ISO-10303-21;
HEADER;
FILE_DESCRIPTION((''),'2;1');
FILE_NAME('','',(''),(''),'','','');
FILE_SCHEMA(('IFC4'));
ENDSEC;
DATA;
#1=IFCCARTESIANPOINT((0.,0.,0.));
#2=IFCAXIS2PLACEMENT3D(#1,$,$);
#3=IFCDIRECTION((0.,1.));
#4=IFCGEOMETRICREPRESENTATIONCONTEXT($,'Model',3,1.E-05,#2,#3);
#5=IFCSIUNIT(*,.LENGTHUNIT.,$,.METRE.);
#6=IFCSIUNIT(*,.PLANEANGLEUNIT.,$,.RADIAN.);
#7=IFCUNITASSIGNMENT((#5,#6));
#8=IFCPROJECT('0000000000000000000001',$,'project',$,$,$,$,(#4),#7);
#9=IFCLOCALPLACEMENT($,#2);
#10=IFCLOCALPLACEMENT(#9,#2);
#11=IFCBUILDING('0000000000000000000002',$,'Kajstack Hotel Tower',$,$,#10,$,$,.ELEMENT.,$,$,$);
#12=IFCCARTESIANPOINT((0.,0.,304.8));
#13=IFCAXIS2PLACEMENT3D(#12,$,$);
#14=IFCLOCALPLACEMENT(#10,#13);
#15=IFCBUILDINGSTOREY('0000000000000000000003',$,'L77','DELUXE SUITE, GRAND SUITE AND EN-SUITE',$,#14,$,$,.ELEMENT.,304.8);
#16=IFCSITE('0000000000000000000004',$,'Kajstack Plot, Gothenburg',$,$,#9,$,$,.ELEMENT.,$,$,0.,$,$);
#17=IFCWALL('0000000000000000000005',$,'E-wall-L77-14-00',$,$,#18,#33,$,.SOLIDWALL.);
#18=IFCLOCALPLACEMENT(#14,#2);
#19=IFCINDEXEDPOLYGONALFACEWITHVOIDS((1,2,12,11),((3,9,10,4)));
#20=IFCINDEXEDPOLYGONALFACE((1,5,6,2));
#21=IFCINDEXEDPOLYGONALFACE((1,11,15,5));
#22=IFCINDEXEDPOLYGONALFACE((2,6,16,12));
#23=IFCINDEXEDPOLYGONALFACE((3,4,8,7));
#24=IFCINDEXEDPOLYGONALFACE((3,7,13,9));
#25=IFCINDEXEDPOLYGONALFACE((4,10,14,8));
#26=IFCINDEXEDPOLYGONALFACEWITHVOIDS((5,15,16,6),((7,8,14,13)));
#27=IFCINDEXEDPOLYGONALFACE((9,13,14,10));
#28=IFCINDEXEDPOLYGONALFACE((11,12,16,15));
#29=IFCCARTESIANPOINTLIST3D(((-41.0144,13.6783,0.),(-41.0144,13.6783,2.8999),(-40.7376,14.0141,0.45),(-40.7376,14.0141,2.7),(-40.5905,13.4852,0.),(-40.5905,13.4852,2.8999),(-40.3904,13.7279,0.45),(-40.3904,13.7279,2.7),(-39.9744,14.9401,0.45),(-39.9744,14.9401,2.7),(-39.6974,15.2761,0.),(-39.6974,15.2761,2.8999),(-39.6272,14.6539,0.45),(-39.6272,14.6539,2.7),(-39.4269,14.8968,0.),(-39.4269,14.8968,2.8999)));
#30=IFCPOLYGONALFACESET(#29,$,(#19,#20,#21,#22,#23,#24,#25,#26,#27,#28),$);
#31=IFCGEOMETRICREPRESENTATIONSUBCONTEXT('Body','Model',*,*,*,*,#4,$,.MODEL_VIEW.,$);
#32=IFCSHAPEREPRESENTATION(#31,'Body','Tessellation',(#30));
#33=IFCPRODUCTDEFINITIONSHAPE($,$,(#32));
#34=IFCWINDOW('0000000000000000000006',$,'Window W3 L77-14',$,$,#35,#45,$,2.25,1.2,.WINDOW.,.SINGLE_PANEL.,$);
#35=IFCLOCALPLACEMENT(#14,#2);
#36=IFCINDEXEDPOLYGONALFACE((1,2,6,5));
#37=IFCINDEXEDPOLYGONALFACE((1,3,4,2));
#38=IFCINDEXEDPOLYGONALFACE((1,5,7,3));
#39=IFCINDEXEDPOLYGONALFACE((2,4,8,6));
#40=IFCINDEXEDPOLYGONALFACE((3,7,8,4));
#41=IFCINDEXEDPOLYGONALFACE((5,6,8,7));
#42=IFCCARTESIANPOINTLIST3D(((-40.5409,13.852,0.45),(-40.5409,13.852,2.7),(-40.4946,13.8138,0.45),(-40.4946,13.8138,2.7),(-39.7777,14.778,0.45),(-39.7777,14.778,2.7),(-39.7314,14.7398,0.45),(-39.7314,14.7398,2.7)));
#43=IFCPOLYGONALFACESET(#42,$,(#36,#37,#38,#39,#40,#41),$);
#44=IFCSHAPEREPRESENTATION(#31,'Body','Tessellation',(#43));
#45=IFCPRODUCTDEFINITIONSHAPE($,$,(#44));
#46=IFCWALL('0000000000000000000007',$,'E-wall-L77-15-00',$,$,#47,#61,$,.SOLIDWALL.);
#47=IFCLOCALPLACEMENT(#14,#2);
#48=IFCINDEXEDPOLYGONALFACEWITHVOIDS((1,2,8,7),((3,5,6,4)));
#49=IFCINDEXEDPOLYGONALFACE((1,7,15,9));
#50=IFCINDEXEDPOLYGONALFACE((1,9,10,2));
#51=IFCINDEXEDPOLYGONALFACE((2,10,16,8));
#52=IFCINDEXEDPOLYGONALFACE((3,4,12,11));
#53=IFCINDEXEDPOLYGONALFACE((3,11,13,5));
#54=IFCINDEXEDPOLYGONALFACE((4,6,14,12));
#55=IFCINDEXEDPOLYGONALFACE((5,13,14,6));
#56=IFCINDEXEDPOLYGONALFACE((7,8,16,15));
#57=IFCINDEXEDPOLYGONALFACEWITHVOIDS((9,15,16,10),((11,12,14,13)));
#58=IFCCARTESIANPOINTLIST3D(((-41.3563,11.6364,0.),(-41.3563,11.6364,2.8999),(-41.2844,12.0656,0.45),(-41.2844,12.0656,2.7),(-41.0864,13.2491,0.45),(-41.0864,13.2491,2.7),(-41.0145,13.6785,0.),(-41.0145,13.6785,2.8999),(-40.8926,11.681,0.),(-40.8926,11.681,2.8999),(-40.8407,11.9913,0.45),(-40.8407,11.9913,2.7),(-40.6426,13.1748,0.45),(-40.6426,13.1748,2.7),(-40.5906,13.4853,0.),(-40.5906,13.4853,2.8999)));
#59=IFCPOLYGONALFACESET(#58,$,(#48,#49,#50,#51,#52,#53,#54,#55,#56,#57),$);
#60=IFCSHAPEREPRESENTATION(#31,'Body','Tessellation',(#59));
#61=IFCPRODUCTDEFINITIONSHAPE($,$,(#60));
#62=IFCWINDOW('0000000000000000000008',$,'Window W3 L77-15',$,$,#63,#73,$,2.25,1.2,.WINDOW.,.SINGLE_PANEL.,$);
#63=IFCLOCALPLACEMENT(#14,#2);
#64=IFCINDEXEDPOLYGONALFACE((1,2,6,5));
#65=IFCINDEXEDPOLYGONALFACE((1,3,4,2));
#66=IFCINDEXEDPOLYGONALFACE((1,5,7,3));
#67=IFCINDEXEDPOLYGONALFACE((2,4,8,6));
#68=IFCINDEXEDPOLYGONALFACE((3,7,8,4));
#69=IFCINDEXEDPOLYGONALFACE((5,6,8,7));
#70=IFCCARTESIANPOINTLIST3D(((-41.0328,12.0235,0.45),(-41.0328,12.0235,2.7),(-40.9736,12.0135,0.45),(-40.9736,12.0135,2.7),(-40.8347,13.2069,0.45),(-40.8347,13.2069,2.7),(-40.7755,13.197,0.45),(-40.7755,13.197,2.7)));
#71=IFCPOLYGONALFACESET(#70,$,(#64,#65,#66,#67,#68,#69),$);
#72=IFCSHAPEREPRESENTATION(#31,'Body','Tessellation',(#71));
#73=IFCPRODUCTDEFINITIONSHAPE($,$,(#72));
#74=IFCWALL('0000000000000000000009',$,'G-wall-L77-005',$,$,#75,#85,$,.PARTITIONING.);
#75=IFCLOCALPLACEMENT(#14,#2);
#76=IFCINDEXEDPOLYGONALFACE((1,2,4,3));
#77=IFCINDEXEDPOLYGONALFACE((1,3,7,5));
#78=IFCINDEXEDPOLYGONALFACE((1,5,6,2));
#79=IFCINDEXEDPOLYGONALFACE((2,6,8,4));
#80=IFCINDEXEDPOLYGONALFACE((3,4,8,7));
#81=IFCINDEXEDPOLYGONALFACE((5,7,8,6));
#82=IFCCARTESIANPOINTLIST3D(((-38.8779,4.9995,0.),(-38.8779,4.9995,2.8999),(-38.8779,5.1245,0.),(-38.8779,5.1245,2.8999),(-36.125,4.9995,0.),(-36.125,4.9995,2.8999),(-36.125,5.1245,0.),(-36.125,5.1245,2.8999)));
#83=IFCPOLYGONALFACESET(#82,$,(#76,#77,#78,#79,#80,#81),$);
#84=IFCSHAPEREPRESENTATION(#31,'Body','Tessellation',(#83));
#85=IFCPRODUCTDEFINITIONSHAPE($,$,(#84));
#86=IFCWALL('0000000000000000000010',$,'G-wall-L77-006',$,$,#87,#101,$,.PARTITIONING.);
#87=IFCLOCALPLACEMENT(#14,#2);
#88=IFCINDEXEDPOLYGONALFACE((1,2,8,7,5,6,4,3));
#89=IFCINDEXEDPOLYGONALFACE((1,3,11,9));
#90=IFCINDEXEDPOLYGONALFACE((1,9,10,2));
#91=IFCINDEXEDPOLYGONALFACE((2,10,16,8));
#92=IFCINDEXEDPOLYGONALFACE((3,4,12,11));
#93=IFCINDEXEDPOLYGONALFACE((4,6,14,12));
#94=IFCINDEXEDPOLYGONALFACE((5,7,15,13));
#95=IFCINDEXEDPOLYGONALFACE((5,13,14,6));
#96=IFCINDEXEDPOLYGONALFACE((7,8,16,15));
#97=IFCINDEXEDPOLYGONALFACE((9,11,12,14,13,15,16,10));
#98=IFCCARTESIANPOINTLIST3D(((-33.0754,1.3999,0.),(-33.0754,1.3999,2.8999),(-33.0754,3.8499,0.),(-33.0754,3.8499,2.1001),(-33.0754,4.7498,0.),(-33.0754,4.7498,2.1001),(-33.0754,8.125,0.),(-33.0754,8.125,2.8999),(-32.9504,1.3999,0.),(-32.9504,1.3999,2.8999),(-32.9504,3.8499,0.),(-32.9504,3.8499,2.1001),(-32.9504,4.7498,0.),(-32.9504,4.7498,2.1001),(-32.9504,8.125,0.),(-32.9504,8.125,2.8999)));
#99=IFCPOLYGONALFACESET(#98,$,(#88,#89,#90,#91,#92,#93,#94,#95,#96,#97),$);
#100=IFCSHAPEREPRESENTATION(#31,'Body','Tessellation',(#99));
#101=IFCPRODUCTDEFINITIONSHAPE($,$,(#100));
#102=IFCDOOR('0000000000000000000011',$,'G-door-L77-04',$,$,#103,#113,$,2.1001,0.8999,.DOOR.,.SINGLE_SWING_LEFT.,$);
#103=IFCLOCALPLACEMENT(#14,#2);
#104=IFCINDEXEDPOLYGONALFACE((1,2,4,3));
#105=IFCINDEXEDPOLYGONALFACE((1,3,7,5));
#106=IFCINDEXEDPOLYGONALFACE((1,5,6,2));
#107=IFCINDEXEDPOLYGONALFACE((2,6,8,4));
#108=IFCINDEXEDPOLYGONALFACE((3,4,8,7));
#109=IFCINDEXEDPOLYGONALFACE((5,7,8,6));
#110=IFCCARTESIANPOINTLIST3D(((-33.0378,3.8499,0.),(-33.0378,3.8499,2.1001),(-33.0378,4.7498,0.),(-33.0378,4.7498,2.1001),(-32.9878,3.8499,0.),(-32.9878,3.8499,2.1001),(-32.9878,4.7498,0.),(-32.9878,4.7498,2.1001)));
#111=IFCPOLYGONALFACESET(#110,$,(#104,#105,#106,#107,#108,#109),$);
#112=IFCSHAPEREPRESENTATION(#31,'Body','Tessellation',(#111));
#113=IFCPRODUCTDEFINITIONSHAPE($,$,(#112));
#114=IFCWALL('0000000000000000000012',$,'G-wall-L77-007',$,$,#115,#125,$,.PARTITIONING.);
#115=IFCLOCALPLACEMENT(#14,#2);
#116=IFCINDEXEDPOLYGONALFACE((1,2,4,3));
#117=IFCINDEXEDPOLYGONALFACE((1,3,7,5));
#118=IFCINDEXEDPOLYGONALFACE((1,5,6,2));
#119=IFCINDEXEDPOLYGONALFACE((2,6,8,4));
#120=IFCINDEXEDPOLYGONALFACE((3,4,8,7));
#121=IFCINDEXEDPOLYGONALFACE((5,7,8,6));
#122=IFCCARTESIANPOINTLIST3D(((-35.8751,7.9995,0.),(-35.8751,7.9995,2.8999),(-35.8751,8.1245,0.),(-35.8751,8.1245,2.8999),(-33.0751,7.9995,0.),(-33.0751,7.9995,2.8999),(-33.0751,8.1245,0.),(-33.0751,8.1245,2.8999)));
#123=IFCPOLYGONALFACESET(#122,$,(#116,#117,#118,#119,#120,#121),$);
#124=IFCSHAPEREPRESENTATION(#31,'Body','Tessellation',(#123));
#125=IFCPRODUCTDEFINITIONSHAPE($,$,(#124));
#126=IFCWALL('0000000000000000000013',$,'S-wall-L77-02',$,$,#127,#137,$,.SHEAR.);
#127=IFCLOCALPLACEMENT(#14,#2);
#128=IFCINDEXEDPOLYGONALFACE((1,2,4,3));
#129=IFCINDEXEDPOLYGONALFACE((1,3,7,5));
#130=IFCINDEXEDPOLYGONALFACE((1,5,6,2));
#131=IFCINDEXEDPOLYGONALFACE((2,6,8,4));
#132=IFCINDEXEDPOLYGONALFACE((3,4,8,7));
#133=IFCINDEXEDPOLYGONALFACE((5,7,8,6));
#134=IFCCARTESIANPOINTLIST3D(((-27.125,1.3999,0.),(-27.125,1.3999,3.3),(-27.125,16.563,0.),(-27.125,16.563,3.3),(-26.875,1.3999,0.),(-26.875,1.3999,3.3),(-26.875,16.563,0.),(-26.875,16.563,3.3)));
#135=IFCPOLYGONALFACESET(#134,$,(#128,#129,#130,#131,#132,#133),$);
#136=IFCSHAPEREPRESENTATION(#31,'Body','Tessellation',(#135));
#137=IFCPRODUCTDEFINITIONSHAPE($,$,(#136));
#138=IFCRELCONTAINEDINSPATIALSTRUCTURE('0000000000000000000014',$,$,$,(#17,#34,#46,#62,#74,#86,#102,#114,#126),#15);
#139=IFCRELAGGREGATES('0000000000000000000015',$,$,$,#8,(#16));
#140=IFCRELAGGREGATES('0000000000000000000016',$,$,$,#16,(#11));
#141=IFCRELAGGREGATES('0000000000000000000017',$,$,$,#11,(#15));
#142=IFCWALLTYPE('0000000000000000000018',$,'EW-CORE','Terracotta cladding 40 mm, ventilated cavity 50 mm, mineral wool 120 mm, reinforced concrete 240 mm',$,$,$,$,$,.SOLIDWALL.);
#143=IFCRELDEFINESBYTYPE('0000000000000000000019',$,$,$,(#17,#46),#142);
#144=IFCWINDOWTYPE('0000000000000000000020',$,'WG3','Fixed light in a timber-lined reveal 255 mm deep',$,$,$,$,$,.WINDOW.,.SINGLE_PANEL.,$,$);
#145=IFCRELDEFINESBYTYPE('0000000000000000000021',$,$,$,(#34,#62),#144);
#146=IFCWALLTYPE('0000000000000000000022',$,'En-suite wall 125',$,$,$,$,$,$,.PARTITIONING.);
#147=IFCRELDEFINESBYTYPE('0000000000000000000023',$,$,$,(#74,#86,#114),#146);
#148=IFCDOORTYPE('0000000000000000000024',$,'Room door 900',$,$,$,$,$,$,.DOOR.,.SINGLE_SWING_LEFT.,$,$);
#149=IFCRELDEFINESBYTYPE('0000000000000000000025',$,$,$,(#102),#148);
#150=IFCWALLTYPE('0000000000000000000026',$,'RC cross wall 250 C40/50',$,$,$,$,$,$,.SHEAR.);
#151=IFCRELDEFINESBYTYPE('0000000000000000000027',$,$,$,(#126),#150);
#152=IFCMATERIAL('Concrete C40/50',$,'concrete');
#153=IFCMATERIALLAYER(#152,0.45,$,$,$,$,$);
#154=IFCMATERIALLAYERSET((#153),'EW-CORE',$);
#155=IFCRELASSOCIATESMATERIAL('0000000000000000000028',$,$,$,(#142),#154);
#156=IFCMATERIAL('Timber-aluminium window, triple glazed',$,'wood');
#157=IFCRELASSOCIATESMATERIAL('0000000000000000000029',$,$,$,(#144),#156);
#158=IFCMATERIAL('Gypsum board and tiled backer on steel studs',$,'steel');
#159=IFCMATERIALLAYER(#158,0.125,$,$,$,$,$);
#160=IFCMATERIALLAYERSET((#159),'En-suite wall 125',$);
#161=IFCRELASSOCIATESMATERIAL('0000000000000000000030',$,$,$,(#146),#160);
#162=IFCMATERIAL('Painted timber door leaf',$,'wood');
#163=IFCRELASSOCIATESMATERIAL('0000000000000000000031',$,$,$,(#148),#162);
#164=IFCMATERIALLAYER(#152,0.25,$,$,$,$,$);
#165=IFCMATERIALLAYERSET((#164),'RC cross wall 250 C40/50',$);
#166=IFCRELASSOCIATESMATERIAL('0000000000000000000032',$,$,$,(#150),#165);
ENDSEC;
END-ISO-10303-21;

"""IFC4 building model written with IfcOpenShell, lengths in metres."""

from ifc_helpers import new_model, si_unit, direction, frame, frame_2d, origin, place, context, subcontext, project, spatial, polyline, rectangle, outline, extrude, material, layer, layer_set, type_object, element, fill, save


model = new_model("IFC4")

# Units and contexts
model_context = context("Model", 3, precision=1e-05, world=origin(), true_north=direction((0.0, 1.0)))
body_context = subcontext(model_context, "Body", "Model", "MODEL_VIEW")
ifc_project = project(units=[si_unit("LENGTHUNIT", "METRE"), si_unit("PLANEANGLEUNIT", "RADIAN")], contexts=[model_context])

# Site, building, storey
site_placement = place(None, origin())
site = spatial("IfcSite", under=ifc_project, at=site_placement, Name="Kajstack Plot, Gothenburg", CompositionType="ELEMENT", RefElevation=0.0)
building_placement = place(site_placement, origin())
building = spatial("IfcBuilding", under=site, at=building_placement, Name="Kajstack Hotel Tower", CompositionType="ELEMENT")
storey_placement = place(building_placement, frame((0.0, 0.0, 304.8)))
storey = spatial("IfcBuildingStorey", under=building, at=storey_placement, Name="L77", Description="DELUXE SUITE, GRAND SUITE AND EN-SUITE", CompositionType="ELEMENT", Elevation=304.8)

# Shared definitions
ifc_material_1 = material(Name="Concrete C40/50", Category="concrete")
ifc_layer_1 = layer(ifc_material_1, 0.45)
ifc_layer_set_1 = layer_set([ifc_layer_1], Name="EW-CORE")
wall_type_1 = type_object("IfcWallType", Name="EW-CORE", Description="Terracotta cladding 40 mm, ventilated cavity 50 mm, mineral wool 120 mm, reinforced concrete 240 mm", PredefinedType="SOLIDWALL", material=ifc_layer_set_1)

# Shared definitions
ifc_material_2 = material(Name="Timber-aluminium window, triple glazed", Category="wood")

# Walls, openings, windows
window_type_1 = type_object("IfcWindowType", Name="WG3", Description="Fixed light in a timber-lined reveal 255 mm deep", PartitioningType="SINGLE_PANEL", PredefinedType="WINDOW", material=ifc_material_2)
wall_1_placement = place(storey_placement, frame((-39.5239, 15.1331, 0.0), z_axis=(0.0, 0.0, 1.0), x_axis=(-0.636046, -0.771651, 0.0)))
wall_1 = element("IfcWall", 1, at=wall_1_placement, inside=storey, type_object=wall_type_1, Name="E-wall-L77-14-00", PredefinedType="SOLIDWALL", context=body_context, shape_type="SweptSolid", body=[
    extrude(outline(polyline([(0.0, -0.2249), (2.0706, -0.2249), (1.95, 0.2251), (0.1206, 0.2251), (0.0, -0.2249)])), origin(), (0.0, 0.0, 1.0), 2.8999),
])
opening_1_placement = place(wall_1_placement, frame((0.4353, 0.0, 0.45)))
opening_1 = element("IfcOpeningElement", 2, at=opening_1_placement, cuts=wall_1, PredefinedType="OPENING", context=body_context, shape_type="SweptSolid", body=[
    extrude(rectangle(XDim=1.2, YDim=2.25, at=frame_2d((0.6001, 1.125))), frame((0.0, 0.2349, 0.0), z_axis=(0.0, -1.0, 0.0), x_axis=(1.0, 0.0, 0.0)), (0.0, 0.0, 1.0), 0.47),
])
window_1_placement = place(opening_1_placement, origin())
window_1 = element("IfcWindow", 3, at=window_1_placement, inside=storey, type_object=window_type_1, Name="Window W3 L77-14", OverallHeight=2.25, OverallWidth=1.2, PartitioningType="SINGLE_PANEL", PredefinedType="WINDOW", context=body_context, shape_type="SweptSolid", body=[
    extrude(rectangle(XDim=1.2, YDim=2.25, at=frame_2d((0.6001, 1.125))), frame((0.0, 0.0901, 0.0), z_axis=(0.0, -1.0, 0.0), x_axis=(1.0, 0.0, 0.0)), (0.0, 0.0, 1.0), 0.0601),
])
fill(opening_1, window_1)
wall_2_placement = place(storey_placement, frame((-40.7925, 13.6414, 0.0), z_axis=(0.0, 0.0, 1.0), x_axis=(-0.165068, -0.986282, 0.0)))
wall_2 = element("IfcWall", 4, at=wall_2_placement, inside=storey, type_object=wall_type_1, Name="E-wall-L77-15-00", PredefinedType="SOLIDWALL", context=body_context, shape_type="SweptSolid", body=[
    extrude(outline(polyline([(0.0, -0.2251), (2.0706, -0.2251), (1.95, 0.2249), (0.1206, 0.2249), (0.0, -0.2251)])), origin(), (0.0, 0.0, 1.0), 2.8999),
])
opening_2_placement = place(wall_2_placement, frame((0.4353, 0.0, 0.45)))
opening_2 = element("IfcOpeningElement", 5, at=opening_2_placement, cuts=wall_2, PredefinedType="OPENING", context=body_context, shape_type="SweptSolid", body=[
    extrude(rectangle(XDim=1.2, YDim=2.25, at=frame_2d((0.6001, 1.125))), frame((0.0, 0.2349, 0.0), z_axis=(0.0, -1.0, 0.0), x_axis=(1.0, 0.0, 0.0)), (0.0, 0.0, 1.0), 0.47),
])
window_2_placement = place(opening_2_placement, origin())
window_2 = element("IfcWindow", 6, at=window_2_placement, inside=storey, type_object=window_type_1, Name="Window W3 L77-15", OverallHeight=2.25, OverallWidth=1.2, PartitioningType="SINGLE_PANEL", PredefinedType="WINDOW", context=body_context, shape_type="SweptSolid", body=[
    extrude(rectangle(XDim=1.2, YDim=2.25, at=frame_2d((0.6001, 1.125))), frame((0.0, 0.0901, 0.0), z_axis=(0.0, -1.0, 0.0), x_axis=(1.0, 0.0, 0.0)), (0.0, 0.0, 1.0), 0.0601),
])
fill(opening_2, window_2)

# Wall
ifc_material_3 = material(Name="Gypsum board and tiled backer on steel studs", Category="steel")
ifc_layer_2 = layer(ifc_material_3, 0.125)
ifc_layer_set_2 = layer_set([ifc_layer_2], Name="En-suite wall 125")
wall_type_2 = type_object("IfcWallType", Name="En-suite wall 125", PredefinedType="PARTITIONING", material=ifc_layer_set_2)
wall_3_placement = place(storey_placement, frame((-38.8779, 5.062, 0.0), z_axis=(0.0, 0.0, 1.0), x_axis=(1.0, 0.0, 0.0)))
element("IfcWall", 7, at=wall_3_placement, inside=storey, type_object=wall_type_2, Name="G-wall-L77-005", PredefinedType="PARTITIONING", context=body_context, shape_type="SweptSolid", body=[
    extrude(rectangle(XDim=2.7529, YDim=0.125, at=frame_2d((1.3765, 0.0))), origin(), (0.0, 0.0, 1.0), 2.8999),
])

# Wall, opening, door
wall_4_placement = place(storey_placement, frame((-33.0129, 1.3999, 0.0), z_axis=(0.0, 0.0, 1.0), x_axis=(0.0, 1.0, 0.0)))
wall_4 = element("IfcWall", 8, at=wall_4_placement, inside=storey, type_object=wall_type_2, Name="G-wall-L77-006", PredefinedType="PARTITIONING", context=body_context, shape_type="SweptSolid", body=[
    extrude(rectangle(XDim=6.7251, YDim=0.125, at=frame_2d((3.3625, 0.0))), origin(), (0.0, 0.0, 1.0), 2.8999),
])
opening_3_placement = place(wall_4_placement, frame((2.45, 0.0, 0.0)))
opening_3 = element("IfcOpeningElement", 9, at=opening_3_placement, cuts=wall_4, PredefinedType="OPENING", context=body_context, shape_type="SweptSolid", body=[
    extrude(rectangle(XDim=0.8999, YDim=2.1001, at=frame_2d((0.45, 1.05))), frame((0.0, 0.0725, 0.0), z_axis=(0.0, -1.0, 0.0), x_axis=(1.0, 0.0, 0.0)), (0.0, 0.0, 1.0), 0.145),
])
ifc_material_4 = material(Name="Painted timber door leaf", Category="wood")
door_type = type_object("IfcDoorType", Name="Room door 900", OperationType="SINGLE_SWING_LEFT", PredefinedType="DOOR", material=ifc_material_4)
door_placement = place(opening_3_placement, origin())
door = element("IfcDoor", 10, at=door_placement, inside=storey, type_object=door_type, Name="G-door-L77-04", OperationType="SINGLE_SWING_LEFT", OverallHeight=2.1001, OverallWidth=0.8999, PredefinedType="DOOR", context=body_context, shape_type="SweptSolid", body=[
    extrude(rectangle(XDim=0.8999, YDim=2.1001, at=frame_2d((0.45, 1.05))), frame((0.0, 0.0249, 0.0), z_axis=(0.0, -1.0, 0.0), x_axis=(1.0, 0.0, 0.0)), (0.0, 0.0, 1.0), 0.05),
])
fill(opening_3, door)

# Walls
wall_5_placement = place(storey_placement, frame((-35.875, 8.062, 0.0), z_axis=(0.0, 0.0, 1.0), x_axis=(1.0, 0.0, 0.0)))
element("IfcWall", 11, at=wall_5_placement, inside=storey, type_object=wall_type_2, Name="G-wall-L77-007", PredefinedType="PARTITIONING", context=body_context, shape_type="SweptSolid", body=[
    extrude(rectangle(XDim=2.8, YDim=0.125, at=frame_2d((1.3999, 0.0))), origin(), (0.0, 0.0, 1.0), 2.8999),
])
ifc_layer_3 = layer(ifc_material_1, 0.25)
ifc_layer_set_3 = layer_set([ifc_layer_3], Name="RC cross wall 250 C40/50")
wall_type_3 = type_object("IfcWallType", Name="RC cross wall 250 C40/50", PredefinedType="SHEAR", material=ifc_layer_set_3)
wall_6_placement = place(storey_placement, frame((-27.0, 1.3999, 0.0), z_axis=(0.0, 0.0, 1.0), x_axis=(0.0, 1.0, 0.0)))
element("IfcWall", 12, at=wall_6_placement, inside=storey, type_object=wall_type_3, Name="S-wall-L77-02", PredefinedType="SHEAR", context=body_context, shape_type="SweptSolid", body=[
    extrude(rectangle(XDim=15.1631, YDim=0.25, at=frame_2d((7.5815, 0.0))), origin(), (0.0, 0.0, 1.0), 3.3),
])

save(model, "model.ifc")
